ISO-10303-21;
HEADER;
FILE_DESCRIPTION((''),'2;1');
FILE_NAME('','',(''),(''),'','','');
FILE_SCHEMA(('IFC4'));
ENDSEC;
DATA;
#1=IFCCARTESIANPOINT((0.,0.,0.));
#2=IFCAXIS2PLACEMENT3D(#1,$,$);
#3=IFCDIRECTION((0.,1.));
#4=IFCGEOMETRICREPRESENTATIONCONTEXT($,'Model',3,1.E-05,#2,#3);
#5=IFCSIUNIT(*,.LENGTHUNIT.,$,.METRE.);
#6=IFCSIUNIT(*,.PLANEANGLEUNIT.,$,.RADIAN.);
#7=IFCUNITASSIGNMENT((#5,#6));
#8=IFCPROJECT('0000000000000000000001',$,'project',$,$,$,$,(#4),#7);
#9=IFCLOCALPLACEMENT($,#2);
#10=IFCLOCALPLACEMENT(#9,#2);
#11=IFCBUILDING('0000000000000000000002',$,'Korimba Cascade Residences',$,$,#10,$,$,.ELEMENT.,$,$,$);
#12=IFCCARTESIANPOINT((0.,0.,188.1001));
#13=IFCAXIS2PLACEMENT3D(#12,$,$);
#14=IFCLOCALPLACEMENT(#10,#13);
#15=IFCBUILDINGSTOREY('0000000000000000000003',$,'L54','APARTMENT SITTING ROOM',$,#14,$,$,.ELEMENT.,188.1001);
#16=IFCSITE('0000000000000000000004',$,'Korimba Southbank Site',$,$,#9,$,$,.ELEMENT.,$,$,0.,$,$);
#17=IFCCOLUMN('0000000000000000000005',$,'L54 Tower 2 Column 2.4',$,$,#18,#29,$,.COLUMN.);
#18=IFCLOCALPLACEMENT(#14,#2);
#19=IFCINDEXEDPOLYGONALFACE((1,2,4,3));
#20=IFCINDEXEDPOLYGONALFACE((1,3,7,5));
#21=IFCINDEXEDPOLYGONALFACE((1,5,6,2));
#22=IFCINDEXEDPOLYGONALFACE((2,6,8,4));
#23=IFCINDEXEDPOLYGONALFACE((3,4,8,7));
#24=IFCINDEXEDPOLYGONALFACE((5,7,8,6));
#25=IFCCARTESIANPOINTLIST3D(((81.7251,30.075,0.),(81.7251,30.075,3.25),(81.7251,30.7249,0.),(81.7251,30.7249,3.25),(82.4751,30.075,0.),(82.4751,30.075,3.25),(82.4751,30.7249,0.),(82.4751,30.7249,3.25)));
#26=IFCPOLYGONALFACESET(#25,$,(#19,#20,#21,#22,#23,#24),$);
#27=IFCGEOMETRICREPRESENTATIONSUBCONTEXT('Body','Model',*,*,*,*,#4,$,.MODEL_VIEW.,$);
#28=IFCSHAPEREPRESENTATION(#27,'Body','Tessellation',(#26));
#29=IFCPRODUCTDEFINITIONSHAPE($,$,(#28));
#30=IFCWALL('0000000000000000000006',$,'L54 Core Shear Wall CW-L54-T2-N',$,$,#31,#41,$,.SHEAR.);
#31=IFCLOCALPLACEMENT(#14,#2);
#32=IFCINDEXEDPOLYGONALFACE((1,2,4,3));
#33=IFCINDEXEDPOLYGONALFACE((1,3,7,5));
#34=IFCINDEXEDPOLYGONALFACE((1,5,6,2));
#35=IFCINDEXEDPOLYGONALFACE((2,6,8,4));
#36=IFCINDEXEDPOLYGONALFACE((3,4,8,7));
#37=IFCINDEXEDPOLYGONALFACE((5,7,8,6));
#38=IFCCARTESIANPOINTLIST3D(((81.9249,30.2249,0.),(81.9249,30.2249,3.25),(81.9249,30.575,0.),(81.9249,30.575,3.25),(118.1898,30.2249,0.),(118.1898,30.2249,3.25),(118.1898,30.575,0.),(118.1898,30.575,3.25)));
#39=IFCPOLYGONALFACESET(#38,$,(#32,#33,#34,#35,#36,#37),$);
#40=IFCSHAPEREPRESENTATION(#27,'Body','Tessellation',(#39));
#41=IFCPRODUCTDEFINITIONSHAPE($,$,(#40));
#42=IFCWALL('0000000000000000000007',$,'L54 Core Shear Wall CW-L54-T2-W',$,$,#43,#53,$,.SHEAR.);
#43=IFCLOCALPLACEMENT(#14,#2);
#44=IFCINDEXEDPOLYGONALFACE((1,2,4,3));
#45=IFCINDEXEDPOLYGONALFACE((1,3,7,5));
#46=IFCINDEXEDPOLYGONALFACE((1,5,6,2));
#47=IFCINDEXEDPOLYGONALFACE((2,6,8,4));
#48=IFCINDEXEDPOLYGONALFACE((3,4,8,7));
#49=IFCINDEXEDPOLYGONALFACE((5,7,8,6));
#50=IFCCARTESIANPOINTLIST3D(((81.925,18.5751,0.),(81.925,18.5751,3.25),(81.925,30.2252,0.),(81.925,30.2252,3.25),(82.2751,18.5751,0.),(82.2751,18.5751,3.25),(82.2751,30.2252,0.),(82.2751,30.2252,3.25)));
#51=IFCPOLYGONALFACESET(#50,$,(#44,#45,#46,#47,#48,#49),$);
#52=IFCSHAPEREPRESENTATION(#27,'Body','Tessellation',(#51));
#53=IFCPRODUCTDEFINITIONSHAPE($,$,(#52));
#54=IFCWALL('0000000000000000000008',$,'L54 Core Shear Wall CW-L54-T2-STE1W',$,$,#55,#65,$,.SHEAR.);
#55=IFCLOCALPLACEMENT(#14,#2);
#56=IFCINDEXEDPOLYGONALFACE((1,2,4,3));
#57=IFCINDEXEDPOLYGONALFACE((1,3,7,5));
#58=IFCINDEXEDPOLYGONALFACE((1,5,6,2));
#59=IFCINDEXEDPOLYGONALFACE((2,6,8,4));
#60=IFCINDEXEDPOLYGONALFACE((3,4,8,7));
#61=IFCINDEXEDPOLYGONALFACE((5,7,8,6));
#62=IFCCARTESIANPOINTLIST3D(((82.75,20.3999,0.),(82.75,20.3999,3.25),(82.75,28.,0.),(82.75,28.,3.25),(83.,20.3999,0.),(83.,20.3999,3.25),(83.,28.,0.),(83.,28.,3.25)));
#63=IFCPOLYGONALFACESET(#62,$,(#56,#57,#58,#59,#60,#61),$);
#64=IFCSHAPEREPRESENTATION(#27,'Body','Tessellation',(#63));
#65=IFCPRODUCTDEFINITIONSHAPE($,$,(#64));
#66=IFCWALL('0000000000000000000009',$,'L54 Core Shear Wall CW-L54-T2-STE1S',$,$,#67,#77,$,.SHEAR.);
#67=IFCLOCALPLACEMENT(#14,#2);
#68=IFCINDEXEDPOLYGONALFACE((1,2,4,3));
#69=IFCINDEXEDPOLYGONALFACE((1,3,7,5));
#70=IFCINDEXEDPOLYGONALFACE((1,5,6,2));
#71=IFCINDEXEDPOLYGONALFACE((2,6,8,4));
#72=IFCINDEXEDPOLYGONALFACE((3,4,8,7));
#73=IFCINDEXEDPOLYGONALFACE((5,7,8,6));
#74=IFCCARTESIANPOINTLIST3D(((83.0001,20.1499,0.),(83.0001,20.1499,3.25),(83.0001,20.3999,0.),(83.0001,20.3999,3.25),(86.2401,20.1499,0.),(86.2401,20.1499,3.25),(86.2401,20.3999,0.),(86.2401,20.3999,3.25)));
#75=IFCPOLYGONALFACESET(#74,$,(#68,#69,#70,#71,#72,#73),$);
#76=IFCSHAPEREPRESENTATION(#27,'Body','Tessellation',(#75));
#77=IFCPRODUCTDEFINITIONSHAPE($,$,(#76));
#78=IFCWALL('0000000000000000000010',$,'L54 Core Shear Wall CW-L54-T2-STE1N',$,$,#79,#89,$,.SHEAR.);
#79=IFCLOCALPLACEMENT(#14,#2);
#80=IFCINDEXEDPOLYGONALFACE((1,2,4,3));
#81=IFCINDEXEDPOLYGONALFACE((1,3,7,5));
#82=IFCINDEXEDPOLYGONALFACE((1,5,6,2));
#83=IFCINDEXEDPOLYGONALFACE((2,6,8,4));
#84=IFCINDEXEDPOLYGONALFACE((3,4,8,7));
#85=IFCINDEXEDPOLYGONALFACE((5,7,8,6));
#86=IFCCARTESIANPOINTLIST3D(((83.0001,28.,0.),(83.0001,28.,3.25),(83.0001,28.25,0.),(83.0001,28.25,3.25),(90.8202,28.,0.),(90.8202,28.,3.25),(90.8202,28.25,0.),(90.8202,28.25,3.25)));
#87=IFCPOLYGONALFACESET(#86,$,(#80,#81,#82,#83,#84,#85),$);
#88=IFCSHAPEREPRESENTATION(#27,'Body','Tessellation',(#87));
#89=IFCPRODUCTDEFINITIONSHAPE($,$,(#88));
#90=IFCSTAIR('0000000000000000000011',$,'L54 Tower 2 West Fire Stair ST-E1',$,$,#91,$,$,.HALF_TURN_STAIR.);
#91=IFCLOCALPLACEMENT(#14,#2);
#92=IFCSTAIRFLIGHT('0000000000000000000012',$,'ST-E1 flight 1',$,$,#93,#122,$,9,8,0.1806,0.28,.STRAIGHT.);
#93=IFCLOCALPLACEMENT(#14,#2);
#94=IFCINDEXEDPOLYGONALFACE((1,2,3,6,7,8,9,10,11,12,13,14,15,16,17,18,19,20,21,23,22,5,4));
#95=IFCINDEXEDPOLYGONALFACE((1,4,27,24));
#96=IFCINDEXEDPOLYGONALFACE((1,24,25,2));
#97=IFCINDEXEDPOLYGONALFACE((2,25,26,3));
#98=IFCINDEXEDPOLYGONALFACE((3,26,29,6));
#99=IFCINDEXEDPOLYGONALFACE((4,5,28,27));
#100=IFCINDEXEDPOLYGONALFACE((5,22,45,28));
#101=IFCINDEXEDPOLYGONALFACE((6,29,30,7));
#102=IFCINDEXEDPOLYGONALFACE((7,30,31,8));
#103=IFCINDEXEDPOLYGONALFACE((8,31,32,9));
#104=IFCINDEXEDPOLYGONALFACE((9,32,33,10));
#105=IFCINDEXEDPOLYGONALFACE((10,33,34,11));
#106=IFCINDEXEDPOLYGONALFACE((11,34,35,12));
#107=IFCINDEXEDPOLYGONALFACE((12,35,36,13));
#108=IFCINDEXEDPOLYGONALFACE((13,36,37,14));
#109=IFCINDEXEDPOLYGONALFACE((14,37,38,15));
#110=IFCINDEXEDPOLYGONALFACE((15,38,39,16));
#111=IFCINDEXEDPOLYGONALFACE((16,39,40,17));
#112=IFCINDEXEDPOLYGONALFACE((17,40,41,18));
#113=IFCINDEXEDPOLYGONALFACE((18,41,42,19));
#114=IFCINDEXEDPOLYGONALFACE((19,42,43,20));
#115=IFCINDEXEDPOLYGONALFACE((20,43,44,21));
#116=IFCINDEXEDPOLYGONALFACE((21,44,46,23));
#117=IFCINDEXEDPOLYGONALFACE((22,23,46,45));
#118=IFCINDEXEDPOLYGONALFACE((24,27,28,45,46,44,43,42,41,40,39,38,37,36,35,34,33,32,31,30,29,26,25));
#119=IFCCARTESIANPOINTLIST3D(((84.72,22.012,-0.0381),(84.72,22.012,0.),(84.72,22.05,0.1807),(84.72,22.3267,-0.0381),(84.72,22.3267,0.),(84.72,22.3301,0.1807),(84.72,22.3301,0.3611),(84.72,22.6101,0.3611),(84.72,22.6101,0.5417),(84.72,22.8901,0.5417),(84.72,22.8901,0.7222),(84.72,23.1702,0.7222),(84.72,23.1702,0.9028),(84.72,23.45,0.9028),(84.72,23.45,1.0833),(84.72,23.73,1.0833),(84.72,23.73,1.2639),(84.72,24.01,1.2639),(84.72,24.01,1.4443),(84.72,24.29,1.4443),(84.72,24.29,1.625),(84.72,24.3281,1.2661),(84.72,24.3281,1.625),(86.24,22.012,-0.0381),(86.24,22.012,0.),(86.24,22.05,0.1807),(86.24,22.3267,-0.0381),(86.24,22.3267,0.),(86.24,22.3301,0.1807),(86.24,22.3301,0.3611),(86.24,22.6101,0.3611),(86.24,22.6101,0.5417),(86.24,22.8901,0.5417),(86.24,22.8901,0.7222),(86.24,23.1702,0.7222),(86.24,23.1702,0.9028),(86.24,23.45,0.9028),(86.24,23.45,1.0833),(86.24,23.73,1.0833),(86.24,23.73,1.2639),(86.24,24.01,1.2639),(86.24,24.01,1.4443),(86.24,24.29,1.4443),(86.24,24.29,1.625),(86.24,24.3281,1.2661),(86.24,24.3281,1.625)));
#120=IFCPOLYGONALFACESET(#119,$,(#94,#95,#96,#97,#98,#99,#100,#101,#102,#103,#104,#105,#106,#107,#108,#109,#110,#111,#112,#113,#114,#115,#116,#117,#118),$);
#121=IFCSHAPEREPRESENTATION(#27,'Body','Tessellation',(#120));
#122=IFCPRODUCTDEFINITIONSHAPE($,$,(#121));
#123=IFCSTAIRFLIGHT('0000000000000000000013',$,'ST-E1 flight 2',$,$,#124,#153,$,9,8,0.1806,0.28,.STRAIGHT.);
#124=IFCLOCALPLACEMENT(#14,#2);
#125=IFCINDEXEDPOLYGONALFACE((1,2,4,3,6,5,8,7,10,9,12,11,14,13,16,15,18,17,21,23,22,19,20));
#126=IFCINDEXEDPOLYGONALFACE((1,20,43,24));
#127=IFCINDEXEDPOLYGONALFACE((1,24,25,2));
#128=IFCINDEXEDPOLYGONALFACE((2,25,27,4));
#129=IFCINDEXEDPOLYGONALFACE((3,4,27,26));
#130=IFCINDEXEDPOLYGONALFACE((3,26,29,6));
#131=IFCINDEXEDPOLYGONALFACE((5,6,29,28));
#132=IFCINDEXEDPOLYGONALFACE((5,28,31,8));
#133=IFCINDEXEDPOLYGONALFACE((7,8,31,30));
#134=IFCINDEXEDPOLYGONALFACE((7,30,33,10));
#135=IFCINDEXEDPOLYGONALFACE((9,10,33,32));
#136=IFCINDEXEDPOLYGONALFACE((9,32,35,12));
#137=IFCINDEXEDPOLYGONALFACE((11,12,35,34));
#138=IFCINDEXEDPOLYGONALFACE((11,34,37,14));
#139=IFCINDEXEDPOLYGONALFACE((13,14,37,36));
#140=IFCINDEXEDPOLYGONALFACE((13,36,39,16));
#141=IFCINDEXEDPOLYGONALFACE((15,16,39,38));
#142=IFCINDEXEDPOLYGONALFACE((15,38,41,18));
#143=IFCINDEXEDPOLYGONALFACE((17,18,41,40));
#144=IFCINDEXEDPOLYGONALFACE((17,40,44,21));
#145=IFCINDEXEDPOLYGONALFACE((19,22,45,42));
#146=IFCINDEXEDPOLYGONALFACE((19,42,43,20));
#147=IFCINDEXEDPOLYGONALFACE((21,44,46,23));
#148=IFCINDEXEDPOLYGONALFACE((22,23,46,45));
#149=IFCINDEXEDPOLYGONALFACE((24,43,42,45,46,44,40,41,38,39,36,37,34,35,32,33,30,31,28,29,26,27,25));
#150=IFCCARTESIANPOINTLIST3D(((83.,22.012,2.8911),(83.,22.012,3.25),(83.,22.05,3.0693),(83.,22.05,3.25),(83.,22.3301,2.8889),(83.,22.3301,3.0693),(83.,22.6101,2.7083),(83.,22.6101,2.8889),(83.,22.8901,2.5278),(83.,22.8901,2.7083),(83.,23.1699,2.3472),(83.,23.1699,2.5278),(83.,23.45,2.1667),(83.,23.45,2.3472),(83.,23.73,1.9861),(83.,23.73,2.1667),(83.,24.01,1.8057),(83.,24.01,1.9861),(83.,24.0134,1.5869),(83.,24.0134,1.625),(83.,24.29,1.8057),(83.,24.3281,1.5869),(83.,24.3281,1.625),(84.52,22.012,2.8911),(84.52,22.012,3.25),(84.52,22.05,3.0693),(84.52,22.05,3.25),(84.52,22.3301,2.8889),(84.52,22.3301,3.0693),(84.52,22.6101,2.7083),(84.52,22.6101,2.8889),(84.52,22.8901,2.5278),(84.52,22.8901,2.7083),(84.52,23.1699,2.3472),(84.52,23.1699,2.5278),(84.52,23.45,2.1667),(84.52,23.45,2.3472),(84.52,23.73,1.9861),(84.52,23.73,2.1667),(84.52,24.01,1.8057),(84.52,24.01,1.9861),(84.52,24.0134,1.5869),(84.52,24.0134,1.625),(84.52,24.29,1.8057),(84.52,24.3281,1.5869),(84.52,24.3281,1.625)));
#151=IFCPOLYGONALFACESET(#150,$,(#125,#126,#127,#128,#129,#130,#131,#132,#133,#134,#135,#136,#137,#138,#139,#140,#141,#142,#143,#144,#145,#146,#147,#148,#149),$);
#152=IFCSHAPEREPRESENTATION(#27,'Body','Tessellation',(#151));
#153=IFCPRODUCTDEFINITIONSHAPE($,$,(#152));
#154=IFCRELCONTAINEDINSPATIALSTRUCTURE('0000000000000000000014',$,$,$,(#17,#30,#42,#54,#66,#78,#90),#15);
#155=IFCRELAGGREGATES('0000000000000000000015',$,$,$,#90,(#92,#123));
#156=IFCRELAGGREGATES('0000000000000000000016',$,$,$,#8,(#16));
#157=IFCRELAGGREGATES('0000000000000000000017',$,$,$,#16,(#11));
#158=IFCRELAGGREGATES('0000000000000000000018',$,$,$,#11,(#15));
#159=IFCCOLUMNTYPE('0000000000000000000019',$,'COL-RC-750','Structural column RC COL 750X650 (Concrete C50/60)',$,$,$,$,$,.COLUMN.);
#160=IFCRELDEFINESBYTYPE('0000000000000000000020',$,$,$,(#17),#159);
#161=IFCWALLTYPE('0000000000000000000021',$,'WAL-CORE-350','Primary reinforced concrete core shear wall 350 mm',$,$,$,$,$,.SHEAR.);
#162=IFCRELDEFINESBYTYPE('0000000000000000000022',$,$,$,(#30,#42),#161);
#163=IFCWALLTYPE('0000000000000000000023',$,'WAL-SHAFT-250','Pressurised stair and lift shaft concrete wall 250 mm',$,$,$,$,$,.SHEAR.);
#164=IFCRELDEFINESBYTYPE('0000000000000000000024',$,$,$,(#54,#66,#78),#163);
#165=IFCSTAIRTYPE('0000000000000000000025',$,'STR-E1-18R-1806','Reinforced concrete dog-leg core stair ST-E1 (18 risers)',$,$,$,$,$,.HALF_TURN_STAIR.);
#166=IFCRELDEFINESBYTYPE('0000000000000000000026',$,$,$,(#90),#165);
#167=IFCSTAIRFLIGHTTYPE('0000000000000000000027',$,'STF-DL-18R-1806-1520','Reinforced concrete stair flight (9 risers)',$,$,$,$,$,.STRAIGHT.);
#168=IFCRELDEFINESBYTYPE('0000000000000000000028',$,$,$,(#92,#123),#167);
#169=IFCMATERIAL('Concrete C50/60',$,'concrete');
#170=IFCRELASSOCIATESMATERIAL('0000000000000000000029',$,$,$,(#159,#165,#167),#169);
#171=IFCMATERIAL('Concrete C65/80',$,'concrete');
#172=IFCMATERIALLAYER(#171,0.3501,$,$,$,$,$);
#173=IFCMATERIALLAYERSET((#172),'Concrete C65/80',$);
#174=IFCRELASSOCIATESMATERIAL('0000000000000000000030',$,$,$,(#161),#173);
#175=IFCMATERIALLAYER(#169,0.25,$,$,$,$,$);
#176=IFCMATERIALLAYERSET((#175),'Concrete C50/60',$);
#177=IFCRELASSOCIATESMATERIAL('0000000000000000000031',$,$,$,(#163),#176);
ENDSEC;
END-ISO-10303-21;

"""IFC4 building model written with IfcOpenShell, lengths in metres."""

from ifc_helpers import new_model, si_unit, direction, frame, frame_2d, origin, origin_2d, place, context, subcontext, project, spatial, polyline, rectangle, outline, extrude, material, layer, layer_set, material_profile, profile_set, type_object, element, aggregate, save


model = new_model("IFC4")

# Units and contexts
model_context = context("Model", 3, precision=1e-05, world=origin(), true_north=direction((0.0, 1.0)))
body_context = subcontext(model_context, "Body", "Model", "MODEL_VIEW")
ifc_project = project(units=[si_unit("LENGTHUNIT", "METRE"), si_unit("PLANEANGLEUNIT", "RADIAN")], contexts=[model_context])

# Site, building, storey
site_placement = place(None, origin())
site = spatial("IfcSite", under=ifc_project, at=site_placement, Name="Korimba Southbank Site", CompositionType="ELEMENT", RefElevation=0.0)
building_placement = place(site_placement, origin())
building = spatial("IfcBuilding", under=site, at=building_placement, Name="Korimba Cascade Residences", CompositionType="ELEMENT")
storey_placement = place(building_placement, frame((0.0, 0.0, 188.1001)))
storey = spatial("IfcBuildingStorey", under=building, at=storey_placement, Name="L54", Description="APARTMENT SITTING ROOM", CompositionType="ELEMENT", Elevation=188.1001)

# Column
ifc_material_1 = material(Name="Concrete C50/60", Category="concrete")
ifc_material_profile = material_profile(ifc_material_1, rectangle(XDim=0.75, YDim=0.6499, at=origin_2d()), Name="Concrete C50/60")
ifc_profile_set = profile_set([ifc_material_profile], Name="Concrete C50/60")
column_type = type_object("IfcColumnType", Name="COL-RC-750", Description="Structural column RC COL 750X650 (Concrete C50/60)", PredefinedType="COLUMN", material=ifc_profile_set)
column_placement = place(storey_placement, frame((82.1001, 30.3999, 0.0), z_axis=(0.0, 0.0, 1.0), x_axis=(1.0, 0.0, 0.0)))
element("IfcColumn", 1, at=column_placement, inside=storey, type_object=column_type, Name="L54 Tower 2 Column 2.4", PredefinedType="COLUMN", context=body_context, shape_type="SweptSolid", body=[
    extrude(rectangle(XDim=0.75, YDim=0.6499, at=origin_2d()), origin(), (0.0, 0.0, 1.0), 3.25),
])

# Walls
ifc_material_2 = material(Name="Concrete C65/80", Category="concrete")
ifc_layer_1 = layer(ifc_material_2, 0.3501)
ifc_layer_set_1 = layer_set([ifc_layer_1], Name="Concrete C65/80")
wall_type_1 = type_object("IfcWallType", Name="WAL-CORE-350", Description="Primary reinforced concrete core shear wall 350 mm", PredefinedType="SHEAR", material=ifc_layer_set_1)
wall_1_placement = place(storey_placement, frame((81.925, 30.3999, 0.0), z_axis=(0.0, 0.0, 1.0), x_axis=(1.0, 0.0, 0.0)))
element("IfcWall", 2, at=wall_1_placement, inside=storey, type_object=wall_type_1, Name="L54 Core Shear Wall CW-L54-T2-N", PredefinedType="SHEAR", context=body_context, shape_type="SweptSolid", body=[
    extrude(rectangle(XDim=36.2649, YDim=0.3501, at=frame_2d((18.1323, 0.0))), origin(), (0.0, 0.0, 1.0), 3.25),
])
wall_2_placement = place(storey_placement, frame((82.1001, 18.575, 0.0), z_axis=(0.0, 0.0, 1.0), x_axis=(0.0, 1.0, 0.0)))
element("IfcWall", 3, at=wall_2_placement, inside=storey, type_object=wall_type_1, Name="L54 Core Shear Wall CW-L54-T2-W", PredefinedType="SHEAR", context=body_context, shape_type="SweptSolid", body=[
    extrude(rectangle(XDim=11.6501, YDim=0.3501, at=frame_2d((5.8252, 0.0))), origin(), (0.0, 0.0, 1.0), 3.25),
])
ifc_layer_2 = layer(ifc_material_1, 0.25)
ifc_layer_set_2 = layer_set([ifc_layer_2], Name="Concrete C50/60")
wall_type_2 = type_object("IfcWallType", Name="WAL-SHAFT-250", Description="Pressurised stair and lift shaft concrete wall 250 mm", PredefinedType="SHEAR", material=ifc_layer_set_2)
wall_3_placement = place(storey_placement, frame((82.875, 20.3999, 0.0), z_axis=(0.0, 0.0, 1.0), x_axis=(0.0, 1.0, 0.0)))
element("IfcWall", 4, at=wall_3_placement, inside=storey, type_object=wall_type_2, Name="L54 Core Shear Wall CW-L54-T2-STE1W", PredefinedType="SHEAR", context=body_context, shape_type="SweptSolid", body=[
    extrude(rectangle(XDim=7.6001, YDim=0.25, at=frame_2d((3.8, 0.0))), origin(), (0.0, 0.0, 1.0), 3.25),
])
wall_4_placement = place(storey_placement, frame((83.0, 20.2749, 0.0), z_axis=(0.0, 0.0, 1.0), x_axis=(1.0, 0.0, 0.0)))
element("IfcWall", 5, at=wall_4_placement, inside=storey, type_object=wall_type_2, Name="L54 Core Shear Wall CW-L54-T2-STE1S", PredefinedType="SHEAR", context=body_context, shape_type="SweptSolid", body=[
    extrude(rectangle(XDim=3.24, YDim=0.25, at=frame_2d((1.6201, 0.0))), origin(), (0.0, 0.0, 1.0), 3.25),
])
wall_5_placement = place(storey_placement, frame((83.0, 28.125, 0.0), z_axis=(0.0, 0.0, 1.0), x_axis=(1.0, 0.0, 0.0)))
element("IfcWall", 6, at=wall_5_placement, inside=storey, type_object=wall_type_2, Name="L54 Core Shear Wall CW-L54-T2-STE1N", PredefinedType="SHEAR", context=body_context, shape_type="SweptSolid", body=[
    extrude(rectangle(XDim=7.8201, YDim=0.25, at=frame_2d((3.9102, 0.0))), origin(), (0.0, 0.0, 1.0), 3.25),
])

# Stair, stair flights
stair_type = type_object("IfcStairType", Name="STR-E1-18R-1806", Description="Reinforced concrete dog-leg core stair ST-E1 (18 risers)", PredefinedType="HALF_TURN_STAIR", material=ifc_material_1)
stair_placement = place(storey_placement, origin())
stair = element("IfcStair", 7, at=stair_placement, inside=storey, type_object=stair_type, Name="L54 Tower 2 West Fire Stair ST-E1", PredefinedType="HALF_TURN_STAIR")
stair_flight_type = type_object("IfcStairFlightType", Name="STF-DL-18R-1806-1520", Description="Reinforced concrete stair flight (9 risers)", PredefinedType="STRAIGHT", material=ifc_material_1)
stair_flight_1_placement = place(storey_placement, frame((85.48, 22.05, 0.0), z_axis=(0.0, 0.0, 1.0), x_axis=(0.0, 1.0, 0.0)))
stair_flight_1 = element("IfcStairFlight", 8, at=stair_flight_1_placement, type_object=stair_flight_type, Name="ST-E1 flight 1", NumberOfRisers=9, NumberOfTreads=8, PredefinedType="STRAIGHT", RiserHeight=0.1806, TreadLength=0.28, context=body_context, shape_type="SweptSolid", body=[
    extrude(outline(polyline([(-0.0381, 0.0), (0.0, 0.1807), (0.28, 0.1807), (0.28, 0.3611), (0.5601, 0.3611), (0.5601, 0.5417), (0.8401, 0.5417), (0.8401, 0.7222), (1.1201, 0.7222), (1.1201, 0.9028), (1.3999, 0.9028), (1.3999, 1.0833), (1.6799, 1.0833), (1.6799, 1.2639), (1.96, 1.2639), (1.96, 1.4443), (2.24, 1.4443), (2.24, 1.625), (2.2781, 1.625), (2.2781, 1.2661), (0.2766, 0.0), (0.2766, -0.0381), (-0.0381, -0.0381), (-0.0381, 0.0)])), frame((0.0, 0.76, 0.0), z_axis=(0.0, -1.0, 0.0), x_axis=(1.0, 0.0, 0.0)), (0.0, 0.0, 1.0), 1.52),
])
stair_flight_2_placement = place(storey_placement, frame((83.76, 24.29, 1.625), z_axis=(0.0, 0.0, 1.0), x_axis=(0.0, -1.0, 0.0)))
stair_flight_2 = element("IfcStairFlight", 9, at=stair_flight_2_placement, type_object=stair_flight_type, Name="ST-E1 flight 2", NumberOfRisers=9, NumberOfTreads=8, PredefinedType="STRAIGHT", RiserHeight=0.1806, TreadLength=0.28, context=body_context, shape_type="SweptSolid", body=[
    extrude(outline(polyline([(-0.0381, 0.0), (0.0, 0.1807), (0.28, 0.1807), (0.28, 0.3611), (0.5601, 0.3611), (0.5601, 0.5417), (0.8401, 0.5417), (0.8401, 0.7222), (1.1201, 0.7222), (1.1201, 0.9028), (1.3999, 0.9028), (1.3999, 1.0833), (1.6799, 1.0833), (1.6799, 1.2639), (1.96, 1.2639), (1.96, 1.4443), (2.24, 1.4443), (2.24, 1.625), (2.2781, 1.625), (2.2781, 1.2661), (0.2766, 0.0), (0.2766, -0.0381), (-0.0381, -0.0381), (-0.0381, 0.0)])), frame((0.0, 0.76, 0.0), z_axis=(0.0, -1.0, 0.0), x_axis=(1.0, 0.0, 0.0)), (0.0, 0.0, 1.0), 1.52),
])
aggregate(stair, [stair_flight_1, stair_flight_2])

save(model, "model.ifc")
